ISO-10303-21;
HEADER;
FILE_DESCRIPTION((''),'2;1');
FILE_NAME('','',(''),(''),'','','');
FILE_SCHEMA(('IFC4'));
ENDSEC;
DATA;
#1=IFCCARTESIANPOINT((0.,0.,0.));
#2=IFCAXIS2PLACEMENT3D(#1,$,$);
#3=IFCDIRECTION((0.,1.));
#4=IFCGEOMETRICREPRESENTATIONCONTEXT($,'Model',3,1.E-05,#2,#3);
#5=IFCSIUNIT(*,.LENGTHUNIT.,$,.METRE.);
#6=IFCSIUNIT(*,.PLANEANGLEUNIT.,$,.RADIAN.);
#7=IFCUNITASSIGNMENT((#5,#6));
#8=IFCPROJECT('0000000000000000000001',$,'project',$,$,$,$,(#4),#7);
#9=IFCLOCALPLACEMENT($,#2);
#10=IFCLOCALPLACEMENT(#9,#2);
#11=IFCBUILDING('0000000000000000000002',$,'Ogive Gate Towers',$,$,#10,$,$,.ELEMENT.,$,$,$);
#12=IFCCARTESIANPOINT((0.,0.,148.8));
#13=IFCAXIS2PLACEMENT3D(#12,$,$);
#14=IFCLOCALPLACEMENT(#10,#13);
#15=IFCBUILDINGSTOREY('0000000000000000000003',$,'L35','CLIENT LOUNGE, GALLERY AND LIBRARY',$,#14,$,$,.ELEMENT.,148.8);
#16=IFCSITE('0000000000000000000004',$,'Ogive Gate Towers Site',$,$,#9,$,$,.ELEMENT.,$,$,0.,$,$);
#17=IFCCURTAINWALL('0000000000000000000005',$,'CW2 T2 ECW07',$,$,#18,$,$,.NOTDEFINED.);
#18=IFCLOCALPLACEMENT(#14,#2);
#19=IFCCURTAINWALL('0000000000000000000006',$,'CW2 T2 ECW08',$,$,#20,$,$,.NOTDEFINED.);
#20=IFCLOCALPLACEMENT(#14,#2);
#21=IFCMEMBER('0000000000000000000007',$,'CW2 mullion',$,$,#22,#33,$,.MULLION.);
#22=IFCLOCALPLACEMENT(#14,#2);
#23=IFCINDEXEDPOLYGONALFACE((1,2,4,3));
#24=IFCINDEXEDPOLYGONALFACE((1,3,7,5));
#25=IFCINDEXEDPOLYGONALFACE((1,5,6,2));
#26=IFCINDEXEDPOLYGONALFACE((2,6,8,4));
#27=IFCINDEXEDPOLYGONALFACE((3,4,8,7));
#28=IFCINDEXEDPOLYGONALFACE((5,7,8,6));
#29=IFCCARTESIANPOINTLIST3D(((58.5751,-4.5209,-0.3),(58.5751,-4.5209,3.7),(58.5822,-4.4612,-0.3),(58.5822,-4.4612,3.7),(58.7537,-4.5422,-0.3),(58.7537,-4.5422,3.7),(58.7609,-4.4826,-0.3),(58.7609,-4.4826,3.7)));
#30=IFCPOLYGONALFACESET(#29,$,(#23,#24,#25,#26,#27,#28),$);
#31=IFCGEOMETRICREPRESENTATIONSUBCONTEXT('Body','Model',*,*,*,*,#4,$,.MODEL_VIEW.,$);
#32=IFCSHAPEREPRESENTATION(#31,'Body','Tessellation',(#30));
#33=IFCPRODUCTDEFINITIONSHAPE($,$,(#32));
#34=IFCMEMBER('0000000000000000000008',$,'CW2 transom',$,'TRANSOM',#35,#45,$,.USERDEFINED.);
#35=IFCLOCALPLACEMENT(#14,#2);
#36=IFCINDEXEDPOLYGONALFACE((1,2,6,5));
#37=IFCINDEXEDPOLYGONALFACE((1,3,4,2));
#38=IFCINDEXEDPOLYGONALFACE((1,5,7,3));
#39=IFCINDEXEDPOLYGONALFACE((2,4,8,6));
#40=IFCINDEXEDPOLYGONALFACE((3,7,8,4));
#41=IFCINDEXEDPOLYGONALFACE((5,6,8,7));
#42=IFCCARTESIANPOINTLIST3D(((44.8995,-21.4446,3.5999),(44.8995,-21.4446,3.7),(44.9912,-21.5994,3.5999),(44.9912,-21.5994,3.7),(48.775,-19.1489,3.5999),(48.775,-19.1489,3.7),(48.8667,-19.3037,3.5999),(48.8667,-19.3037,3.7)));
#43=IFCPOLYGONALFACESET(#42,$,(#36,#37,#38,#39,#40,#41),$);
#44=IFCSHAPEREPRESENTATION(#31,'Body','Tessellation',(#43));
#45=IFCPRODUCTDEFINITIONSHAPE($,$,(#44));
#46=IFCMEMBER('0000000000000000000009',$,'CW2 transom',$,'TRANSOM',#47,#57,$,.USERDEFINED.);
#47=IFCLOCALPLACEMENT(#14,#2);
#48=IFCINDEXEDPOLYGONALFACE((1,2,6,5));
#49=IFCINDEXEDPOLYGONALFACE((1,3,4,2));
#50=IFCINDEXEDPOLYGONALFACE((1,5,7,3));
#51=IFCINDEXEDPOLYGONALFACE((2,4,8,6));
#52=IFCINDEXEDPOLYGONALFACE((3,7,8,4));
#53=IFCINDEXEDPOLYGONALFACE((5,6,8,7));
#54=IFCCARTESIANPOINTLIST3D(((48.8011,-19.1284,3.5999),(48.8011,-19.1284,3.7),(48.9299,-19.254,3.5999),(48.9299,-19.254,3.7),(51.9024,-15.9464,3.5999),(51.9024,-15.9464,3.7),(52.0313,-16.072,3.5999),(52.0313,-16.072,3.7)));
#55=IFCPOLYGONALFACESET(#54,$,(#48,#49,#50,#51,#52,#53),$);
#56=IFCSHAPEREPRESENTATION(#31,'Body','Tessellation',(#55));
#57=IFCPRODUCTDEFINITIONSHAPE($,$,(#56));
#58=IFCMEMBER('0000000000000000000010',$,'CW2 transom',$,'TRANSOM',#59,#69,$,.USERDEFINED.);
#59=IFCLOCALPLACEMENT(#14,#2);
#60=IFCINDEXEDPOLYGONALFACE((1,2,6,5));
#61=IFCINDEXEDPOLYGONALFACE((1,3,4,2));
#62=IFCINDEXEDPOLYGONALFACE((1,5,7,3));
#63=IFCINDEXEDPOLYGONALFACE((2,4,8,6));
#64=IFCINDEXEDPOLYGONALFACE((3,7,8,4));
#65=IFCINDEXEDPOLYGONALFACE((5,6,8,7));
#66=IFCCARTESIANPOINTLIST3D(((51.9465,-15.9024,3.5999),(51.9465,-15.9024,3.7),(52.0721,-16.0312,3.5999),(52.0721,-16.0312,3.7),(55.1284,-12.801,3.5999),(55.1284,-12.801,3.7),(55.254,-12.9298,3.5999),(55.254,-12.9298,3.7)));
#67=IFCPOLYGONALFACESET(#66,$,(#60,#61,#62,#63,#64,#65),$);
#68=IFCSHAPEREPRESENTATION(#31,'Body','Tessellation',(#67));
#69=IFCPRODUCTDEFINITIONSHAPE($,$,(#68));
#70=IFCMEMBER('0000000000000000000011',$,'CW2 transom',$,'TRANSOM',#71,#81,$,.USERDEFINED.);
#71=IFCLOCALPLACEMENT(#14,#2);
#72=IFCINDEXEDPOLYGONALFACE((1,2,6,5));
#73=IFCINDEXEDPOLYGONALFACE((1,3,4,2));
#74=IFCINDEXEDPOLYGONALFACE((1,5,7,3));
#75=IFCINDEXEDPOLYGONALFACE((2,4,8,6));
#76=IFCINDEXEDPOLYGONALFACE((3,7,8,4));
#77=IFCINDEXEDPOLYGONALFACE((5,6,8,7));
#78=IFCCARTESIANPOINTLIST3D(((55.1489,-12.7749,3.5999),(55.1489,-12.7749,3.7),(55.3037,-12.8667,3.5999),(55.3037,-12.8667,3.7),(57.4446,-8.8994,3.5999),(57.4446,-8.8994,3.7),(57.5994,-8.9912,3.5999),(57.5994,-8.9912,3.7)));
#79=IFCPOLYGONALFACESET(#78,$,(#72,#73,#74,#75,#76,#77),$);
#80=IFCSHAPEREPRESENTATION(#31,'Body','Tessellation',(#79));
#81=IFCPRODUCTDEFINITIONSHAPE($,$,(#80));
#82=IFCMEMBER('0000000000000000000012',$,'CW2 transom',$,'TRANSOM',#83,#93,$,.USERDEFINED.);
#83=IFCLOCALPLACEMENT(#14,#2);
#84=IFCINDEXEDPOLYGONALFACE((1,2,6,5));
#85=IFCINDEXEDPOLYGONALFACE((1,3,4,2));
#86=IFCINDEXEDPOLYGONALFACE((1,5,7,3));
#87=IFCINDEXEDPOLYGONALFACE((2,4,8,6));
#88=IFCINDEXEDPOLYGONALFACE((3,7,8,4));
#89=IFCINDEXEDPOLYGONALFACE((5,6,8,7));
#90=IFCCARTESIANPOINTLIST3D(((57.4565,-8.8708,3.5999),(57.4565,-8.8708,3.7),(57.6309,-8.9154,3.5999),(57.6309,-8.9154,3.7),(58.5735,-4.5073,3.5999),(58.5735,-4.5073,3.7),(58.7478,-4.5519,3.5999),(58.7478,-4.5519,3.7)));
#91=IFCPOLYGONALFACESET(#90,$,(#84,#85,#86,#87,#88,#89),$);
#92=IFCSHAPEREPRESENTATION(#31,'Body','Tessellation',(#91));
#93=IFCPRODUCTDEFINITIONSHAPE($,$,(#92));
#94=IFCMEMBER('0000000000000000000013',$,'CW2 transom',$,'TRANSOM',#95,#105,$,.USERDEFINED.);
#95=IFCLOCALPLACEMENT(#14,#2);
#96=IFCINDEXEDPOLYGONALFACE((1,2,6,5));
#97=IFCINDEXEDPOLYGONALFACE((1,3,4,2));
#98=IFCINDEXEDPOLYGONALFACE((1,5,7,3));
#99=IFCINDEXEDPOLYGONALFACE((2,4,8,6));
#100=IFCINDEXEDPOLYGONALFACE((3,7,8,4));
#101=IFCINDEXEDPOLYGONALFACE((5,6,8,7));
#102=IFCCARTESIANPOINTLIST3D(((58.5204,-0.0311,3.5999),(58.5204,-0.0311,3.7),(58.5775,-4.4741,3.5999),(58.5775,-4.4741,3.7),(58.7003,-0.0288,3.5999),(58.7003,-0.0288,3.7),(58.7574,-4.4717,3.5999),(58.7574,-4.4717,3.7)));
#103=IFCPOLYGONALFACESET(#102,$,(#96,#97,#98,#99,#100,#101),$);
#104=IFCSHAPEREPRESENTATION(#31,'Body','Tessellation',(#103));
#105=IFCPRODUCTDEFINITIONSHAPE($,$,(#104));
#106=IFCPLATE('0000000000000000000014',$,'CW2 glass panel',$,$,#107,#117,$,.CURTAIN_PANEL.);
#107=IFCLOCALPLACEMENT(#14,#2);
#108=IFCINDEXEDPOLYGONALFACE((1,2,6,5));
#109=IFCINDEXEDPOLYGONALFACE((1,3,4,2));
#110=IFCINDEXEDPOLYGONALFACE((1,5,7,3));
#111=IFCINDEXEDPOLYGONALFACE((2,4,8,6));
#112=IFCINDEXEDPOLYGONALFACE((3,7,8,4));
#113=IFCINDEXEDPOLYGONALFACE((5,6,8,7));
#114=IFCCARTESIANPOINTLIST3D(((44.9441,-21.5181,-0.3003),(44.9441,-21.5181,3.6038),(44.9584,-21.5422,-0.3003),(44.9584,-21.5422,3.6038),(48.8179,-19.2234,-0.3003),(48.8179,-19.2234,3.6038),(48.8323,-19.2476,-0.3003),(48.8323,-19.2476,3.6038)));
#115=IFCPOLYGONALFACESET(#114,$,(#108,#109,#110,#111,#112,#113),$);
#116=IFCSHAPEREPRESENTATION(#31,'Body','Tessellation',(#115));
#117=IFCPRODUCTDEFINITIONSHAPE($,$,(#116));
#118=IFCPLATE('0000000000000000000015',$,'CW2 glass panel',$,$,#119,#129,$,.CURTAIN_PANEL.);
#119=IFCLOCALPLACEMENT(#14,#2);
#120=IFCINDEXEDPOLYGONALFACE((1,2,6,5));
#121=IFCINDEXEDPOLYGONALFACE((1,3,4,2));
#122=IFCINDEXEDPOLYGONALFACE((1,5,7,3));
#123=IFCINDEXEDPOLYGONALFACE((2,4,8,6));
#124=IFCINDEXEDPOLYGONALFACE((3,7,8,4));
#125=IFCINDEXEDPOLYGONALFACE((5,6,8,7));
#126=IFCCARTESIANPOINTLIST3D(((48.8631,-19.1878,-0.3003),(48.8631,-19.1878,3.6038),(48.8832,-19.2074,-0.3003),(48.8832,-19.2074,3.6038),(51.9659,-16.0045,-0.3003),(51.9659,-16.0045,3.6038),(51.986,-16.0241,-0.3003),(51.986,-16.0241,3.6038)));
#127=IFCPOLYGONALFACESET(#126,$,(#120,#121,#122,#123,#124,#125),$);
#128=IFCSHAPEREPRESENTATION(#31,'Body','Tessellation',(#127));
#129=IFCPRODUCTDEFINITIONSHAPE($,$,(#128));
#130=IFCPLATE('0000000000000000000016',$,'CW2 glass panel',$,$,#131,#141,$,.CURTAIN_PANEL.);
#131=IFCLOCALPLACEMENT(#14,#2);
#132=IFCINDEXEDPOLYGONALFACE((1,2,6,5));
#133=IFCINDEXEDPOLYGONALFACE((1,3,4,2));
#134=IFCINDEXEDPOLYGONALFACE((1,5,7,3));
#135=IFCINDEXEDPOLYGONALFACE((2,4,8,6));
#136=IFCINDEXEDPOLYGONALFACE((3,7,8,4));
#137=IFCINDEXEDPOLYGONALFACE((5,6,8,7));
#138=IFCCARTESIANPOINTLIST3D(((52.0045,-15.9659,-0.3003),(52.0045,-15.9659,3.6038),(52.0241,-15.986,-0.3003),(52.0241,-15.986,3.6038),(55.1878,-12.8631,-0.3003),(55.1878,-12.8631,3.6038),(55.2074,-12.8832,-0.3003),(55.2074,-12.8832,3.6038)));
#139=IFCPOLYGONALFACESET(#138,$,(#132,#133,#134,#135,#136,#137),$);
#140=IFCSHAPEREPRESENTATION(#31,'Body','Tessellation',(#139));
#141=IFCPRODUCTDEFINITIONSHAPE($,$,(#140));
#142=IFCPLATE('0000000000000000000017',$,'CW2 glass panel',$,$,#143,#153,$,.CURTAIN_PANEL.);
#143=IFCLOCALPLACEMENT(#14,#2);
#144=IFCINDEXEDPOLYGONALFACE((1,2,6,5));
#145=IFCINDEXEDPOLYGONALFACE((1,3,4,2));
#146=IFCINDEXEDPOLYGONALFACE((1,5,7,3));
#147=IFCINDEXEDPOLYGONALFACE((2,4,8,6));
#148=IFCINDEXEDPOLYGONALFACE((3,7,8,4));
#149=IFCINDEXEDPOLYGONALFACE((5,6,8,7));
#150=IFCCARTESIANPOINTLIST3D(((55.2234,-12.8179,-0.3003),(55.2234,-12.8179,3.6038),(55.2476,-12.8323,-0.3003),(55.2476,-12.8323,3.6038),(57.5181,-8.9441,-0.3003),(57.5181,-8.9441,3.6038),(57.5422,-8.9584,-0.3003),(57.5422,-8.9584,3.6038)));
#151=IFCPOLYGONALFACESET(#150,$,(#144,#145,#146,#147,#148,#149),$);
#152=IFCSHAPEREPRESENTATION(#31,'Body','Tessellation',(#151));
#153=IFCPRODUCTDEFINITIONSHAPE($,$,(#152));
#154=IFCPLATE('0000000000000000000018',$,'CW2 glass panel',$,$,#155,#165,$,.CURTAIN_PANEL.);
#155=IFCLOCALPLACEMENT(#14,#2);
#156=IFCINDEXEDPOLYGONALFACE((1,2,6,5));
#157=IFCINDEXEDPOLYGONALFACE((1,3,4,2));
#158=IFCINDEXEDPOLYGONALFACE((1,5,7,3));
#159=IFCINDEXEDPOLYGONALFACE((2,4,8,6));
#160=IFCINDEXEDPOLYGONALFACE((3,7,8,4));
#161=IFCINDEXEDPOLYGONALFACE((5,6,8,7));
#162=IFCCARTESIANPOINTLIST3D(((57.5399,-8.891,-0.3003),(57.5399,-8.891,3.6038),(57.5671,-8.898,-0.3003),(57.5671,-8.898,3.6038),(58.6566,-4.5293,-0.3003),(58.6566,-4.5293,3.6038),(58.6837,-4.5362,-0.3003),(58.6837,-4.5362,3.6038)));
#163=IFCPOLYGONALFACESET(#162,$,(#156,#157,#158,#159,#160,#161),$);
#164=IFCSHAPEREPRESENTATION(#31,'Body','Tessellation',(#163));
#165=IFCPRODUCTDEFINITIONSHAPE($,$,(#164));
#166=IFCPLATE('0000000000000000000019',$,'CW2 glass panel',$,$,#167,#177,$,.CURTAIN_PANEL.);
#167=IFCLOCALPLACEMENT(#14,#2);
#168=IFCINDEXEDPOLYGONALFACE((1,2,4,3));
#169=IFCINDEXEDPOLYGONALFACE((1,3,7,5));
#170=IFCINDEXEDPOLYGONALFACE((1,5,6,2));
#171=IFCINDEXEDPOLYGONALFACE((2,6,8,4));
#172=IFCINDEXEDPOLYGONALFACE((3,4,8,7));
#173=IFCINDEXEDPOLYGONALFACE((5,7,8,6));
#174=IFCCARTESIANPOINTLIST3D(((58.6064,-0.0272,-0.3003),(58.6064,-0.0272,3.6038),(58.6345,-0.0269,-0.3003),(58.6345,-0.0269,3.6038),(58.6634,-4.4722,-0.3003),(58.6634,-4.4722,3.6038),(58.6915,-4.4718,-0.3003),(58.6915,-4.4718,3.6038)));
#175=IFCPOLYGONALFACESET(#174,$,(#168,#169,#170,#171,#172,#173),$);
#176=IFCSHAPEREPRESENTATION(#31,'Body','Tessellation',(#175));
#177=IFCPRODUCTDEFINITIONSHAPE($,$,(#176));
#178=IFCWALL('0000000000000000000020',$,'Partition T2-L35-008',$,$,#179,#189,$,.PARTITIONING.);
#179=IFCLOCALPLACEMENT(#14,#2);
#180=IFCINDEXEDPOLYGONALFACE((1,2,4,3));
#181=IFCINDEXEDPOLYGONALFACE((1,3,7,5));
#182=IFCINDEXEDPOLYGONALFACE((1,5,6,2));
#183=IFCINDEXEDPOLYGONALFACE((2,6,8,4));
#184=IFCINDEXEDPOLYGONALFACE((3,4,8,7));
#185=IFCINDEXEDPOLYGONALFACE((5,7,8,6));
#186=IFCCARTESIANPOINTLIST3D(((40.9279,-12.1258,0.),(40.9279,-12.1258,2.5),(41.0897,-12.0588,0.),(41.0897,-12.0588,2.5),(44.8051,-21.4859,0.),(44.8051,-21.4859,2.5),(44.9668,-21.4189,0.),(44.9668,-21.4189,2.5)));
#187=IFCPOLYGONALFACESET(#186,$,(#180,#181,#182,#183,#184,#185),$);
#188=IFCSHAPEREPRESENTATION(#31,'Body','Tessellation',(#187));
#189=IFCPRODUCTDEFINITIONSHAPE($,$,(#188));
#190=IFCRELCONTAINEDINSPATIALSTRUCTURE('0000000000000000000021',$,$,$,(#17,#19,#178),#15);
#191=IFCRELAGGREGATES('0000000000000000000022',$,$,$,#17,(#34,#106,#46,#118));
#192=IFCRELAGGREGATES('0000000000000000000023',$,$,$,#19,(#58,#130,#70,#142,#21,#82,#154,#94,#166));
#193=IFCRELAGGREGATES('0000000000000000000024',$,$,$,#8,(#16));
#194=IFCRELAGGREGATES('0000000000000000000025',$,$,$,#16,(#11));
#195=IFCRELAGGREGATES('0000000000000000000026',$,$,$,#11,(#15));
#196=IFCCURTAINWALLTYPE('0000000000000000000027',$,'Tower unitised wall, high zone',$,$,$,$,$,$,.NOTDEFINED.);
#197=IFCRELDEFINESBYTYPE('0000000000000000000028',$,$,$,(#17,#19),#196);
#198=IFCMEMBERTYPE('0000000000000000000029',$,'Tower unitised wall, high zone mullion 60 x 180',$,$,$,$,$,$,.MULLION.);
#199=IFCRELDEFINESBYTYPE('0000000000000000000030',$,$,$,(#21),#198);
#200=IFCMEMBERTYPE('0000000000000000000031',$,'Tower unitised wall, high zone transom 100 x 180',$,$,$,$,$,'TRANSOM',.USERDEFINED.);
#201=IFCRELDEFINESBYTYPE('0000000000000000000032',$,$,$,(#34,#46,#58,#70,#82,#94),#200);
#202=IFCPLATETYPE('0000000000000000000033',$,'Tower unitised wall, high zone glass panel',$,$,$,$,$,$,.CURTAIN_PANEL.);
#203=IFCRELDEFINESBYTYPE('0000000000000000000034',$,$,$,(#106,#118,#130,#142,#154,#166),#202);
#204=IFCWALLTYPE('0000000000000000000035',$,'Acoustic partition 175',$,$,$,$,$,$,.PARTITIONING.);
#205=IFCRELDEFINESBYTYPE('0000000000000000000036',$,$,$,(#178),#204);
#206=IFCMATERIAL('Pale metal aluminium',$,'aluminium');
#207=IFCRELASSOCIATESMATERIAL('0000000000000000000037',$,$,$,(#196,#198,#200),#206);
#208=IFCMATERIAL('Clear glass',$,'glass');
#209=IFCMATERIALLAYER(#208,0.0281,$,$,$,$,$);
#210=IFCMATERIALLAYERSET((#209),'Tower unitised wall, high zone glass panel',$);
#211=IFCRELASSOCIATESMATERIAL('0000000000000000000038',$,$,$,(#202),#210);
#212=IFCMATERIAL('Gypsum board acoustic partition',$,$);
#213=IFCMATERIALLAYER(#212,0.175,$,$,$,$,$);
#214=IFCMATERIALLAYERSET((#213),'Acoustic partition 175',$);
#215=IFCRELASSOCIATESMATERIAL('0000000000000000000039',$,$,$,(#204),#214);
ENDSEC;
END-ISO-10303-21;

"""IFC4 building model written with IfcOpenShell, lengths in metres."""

from ifc_helpers import new_model, si_unit, direction, frame, frame_2d, origin, origin_2d, place, context, subcontext, project, spatial, rectangle, extrude, material, layer, layer_set, material_profile, profile_set, type_object, element, aggregate, save


model = new_model("IFC4")

# Units and contexts
model_context = context("Model", 3, precision=1e-05, world=origin(), true_north=direction((0.0, 1.0)))
body_context = subcontext(model_context, "Body", "Model", "MODEL_VIEW")
ifc_project = project(units=[si_unit("LENGTHUNIT", "METRE"), si_unit("PLANEANGLEUNIT", "RADIAN")], contexts=[model_context])

# Site, building, storey
site_placement = place(None, origin())
site = spatial("IfcSite", under=ifc_project, at=site_placement, Name="Ogive Gate Towers Site", CompositionType="ELEMENT", RefElevation=0.0)
building_placement = place(site_placement, origin())
building = spatial("IfcBuilding", under=site, at=building_placement, Name="Ogive Gate Towers", CompositionType="ELEMENT")
storey_placement = place(building_placement, frame((0.0, 0.0, 148.8)))
storey = spatial("IfcBuildingStorey", under=building, at=storey_placement, Name="L35", Description="CLIENT LOUNGE, GALLERY AND LIBRARY", CompositionType="ELEMENT", Elevation=148.8)

# Curtain walls, member
ifc_material_1 = material(Name="Pale metal aluminium", Category="aluminium")
curtain_wall_type = type_object("IfcCurtainWallType", Name="Tower unitised wall, high zone", PredefinedType="NOTDEFINED", material=ifc_material_1)
curtain_wall_1_placement = place(storey_placement, origin())
curtain_wall_1 = element("IfcCurtainWall", 1, at=curtain_wall_1_placement, inside=storey, type_object=curtain_wall_type, Name="CW2 T2 ECW07", PredefinedType="NOTDEFINED")
ifc_material_profile_1 = material_profile(ifc_material_1, rectangle(XDim=0.1799, YDim=0.0601, at=origin_2d()), Name="60 x 180 aluminium box")
ifc_profile_set_1 = profile_set([ifc_material_profile_1], Name="Pale metal aluminium")
member_type_1 = type_object("IfcMemberType", Name="Tower unitised wall, high zone mullion 60 x 180", PredefinedType="MULLION", material=ifc_profile_set_1)
curtain_wall_2_placement = place(storey_placement, origin())
curtain_wall_2 = element("IfcCurtainWall", 2, at=curtain_wall_2_placement, inside=storey, type_object=curtain_wall_type, Name="CW2 T2 ECW08", PredefinedType="NOTDEFINED")
member_1_placement = place(storey_placement, frame((58.668, -4.5017, -0.3), z_axis=(0.0, 0.0, 1.0), x_axis=(0.992941, -0.118612, 0.0)))
member_1 = element("IfcMember", 3, at=member_1_placement, type_object=member_type_1, Name="CW2 mullion", PredefinedType="MULLION", context=body_context, shape_type="SweptSolid", body=[
    extrude(rectangle(XDim=0.1799, YDim=0.0601, at=origin_2d()), origin(), (0.0, 0.0, 1.0), 4.0),
])

# Members
ifc_material_profile_2 = material_profile(ifc_material_1, rectangle(XDim=0.1799, YDim=0.1001, at=origin_2d()), Name="100 x 180 aluminium box")
ifc_profile_set_2 = profile_set([ifc_material_profile_2], Name="Pale metal aluminium")
member_type_2 = type_object("IfcMemberType", Name="Tower unitised wall, high zone transom 100 x 180", ElementType="TRANSOM", PredefinedType="USERDEFINED", material=ifc_profile_set_2)
member_2_placement = place(storey_placement, frame((44.9453, -21.522, 3.6499), z_axis=(0.860382, 0.509649, 0.0), x_axis=(-0.509649, 0.860382, 0.0)))
member_2 = element("IfcMember", 4, at=member_2_placement, type_object=member_type_2, Name="CW2 transom", ObjectType="TRANSOM", PredefinedType="USERDEFINED", context=body_context, shape_type="SweptSolid", body=[
    extrude(rectangle(XDim=0.1799, YDim=0.1001, at=origin_2d()), origin(), (0.0, 0.0, 1.0), 4.5044),
])
member_3_placement = place(storey_placement, frame((48.8655, -19.1912, 3.6499), z_axis=(0.697983, 0.716115, 0.0), x_axis=(-0.716115, 0.697983, 0.0)))
member_3 = element("IfcMember", 5, at=member_3_placement, type_object=member_type_2, Name="CW2 transom", ObjectType="TRANSOM", PredefinedType="USERDEFINED", context=body_context, shape_type="SweptSolid", body=[
    extrude(rectangle(XDim=0.1799, YDim=0.1001, at=origin_2d()), origin(), (0.0, 0.0, 1.0), 4.4434),
])
member_4_placement = place(storey_placement, frame((52.0093, -15.9668, 3.6499), z_axis=(0.716115, 0.697983, 0.0), x_axis=(-0.697983, 0.716115, 0.0)))
member_4 = element("IfcMember", 6, at=member_4_placement, type_object=member_type_2, Name="CW2 transom", ObjectType="TRANSOM", PredefinedType="USERDEFINED", context=body_context, shape_type="SweptSolid", body=[
    extrude(rectangle(XDim=0.1799, YDim=0.1001, at=origin_2d()), origin(), (0.0, 0.0, 1.0), 4.4434),
])
member_5_placement = place(storey_placement, frame((55.2263, -12.8208, 3.6499), z_axis=(0.509649, 0.860382, 0.0), x_axis=(-0.860382, 0.509649, 0.0)))
member_5 = element("IfcMember", 7, at=member_5_placement, type_object=member_type_2, Name="CW2 transom", ObjectType="TRANSOM", PredefinedType="USERDEFINED", context=body_context, shape_type="SweptSolid", body=[
    extrude(rectangle(XDim=0.1799, YDim=0.1001, at=origin_2d()), origin(), (0.0, 0.0, 1.0), 4.5044),
])
member_6_placement = place(storey_placement, frame((57.5437, -8.8931, 3.6499), z_axis=(0.247978, 0.968766, 0.0), x_axis=(-0.968766, 0.247978, 0.0)))
member_6 = element("IfcMember", 8, at=member_6_placement, type_object=member_type_2, Name="CW2 transom", ObjectType="TRANSOM", PredefinedType="USERDEFINED", context=body_context, shape_type="SweptSolid", body=[
    extrude(rectangle(XDim=0.1799, YDim=0.1001, at=origin_2d()), origin(), (0.0, 0.0, 1.0), 4.5042),
])
member_7_placement = place(storey_placement, frame((58.6675, -4.4729, 3.6499), z_axis=(-0.012857, 0.999917, 0.0), x_axis=(-0.999917, -0.012857, 0.0)))
member_7 = element("IfcMember", 9, at=member_7_placement, type_object=member_type_2, Name="CW2 transom", ObjectType="TRANSOM", PredefinedType="USERDEFINED", context=body_context, shape_type="SweptSolid", body=[
    extrude(rectangle(XDim=0.1799, YDim=0.1001, at=origin_2d()), origin(), (0.0, 0.0, 1.0), 4.4434),
])

# Plates
ifc_material_2 = material(Name="Clear glass", Category="glass")
ifc_layer_1 = layer(ifc_material_2, 0.0281)
ifc_layer_set_1 = layer_set([ifc_layer_1], Name="Tower unitised wall, high zone glass panel")
plate_type = type_object("IfcPlateType", Name="Tower unitised wall, high zone glass panel", PredefinedType="CURTAIN_PANEL", material=ifc_layer_set_1)
plate_1_placement = place(storey_placement, frame((46.8882, -20.3828, -0.3003), z_axis=(0.0, 0.0, 1.0), x_axis=(0.860386, 0.509642, 0.0)))
plate_1 = element("IfcPlate", 10, at=plate_1_placement, type_object=plate_type, Name="CW2 glass panel", PredefinedType="CURTAIN_PANEL", context=body_context, shape_type="SweptSolid", body=[
    extrude(rectangle(XDim=4.5024, YDim=0.0281, at=origin_2d()), origin(), (0.0, 0.0, 1.0), 3.9041),
])
plate_2_placement = place(storey_placement, frame((50.4246, -17.606, -0.3003), z_axis=(0.0, 0.0, 1.0), x_axis=(0.697978, 0.716119, 0.0)))
plate_2 = element("IfcPlate", 11, at=plate_2_placement, type_object=plate_type, Name="CW2 glass panel", PredefinedType="CURTAIN_PANEL", context=body_context, shape_type="SweptSolid", body=[
    extrude(rectangle(XDim=4.4453, YDim=0.0281, at=origin_2d()), origin(), (0.0, 0.0, 1.0), 3.9041),
])
aggregate(curtain_wall_1, [member_2, plate_1, member_3, plate_2])
plate_3_placement = place(storey_placement, frame((53.606, -14.4246, -0.3003), z_axis=(0.0, 0.0, 1.0), x_axis=(0.716119, 0.697978, 0.0)))
plate_3 = element("IfcPlate", 12, at=plate_3_placement, type_object=plate_type, Name="CW2 glass panel", PredefinedType="CURTAIN_PANEL", context=body_context, shape_type="SweptSolid", body=[
    extrude(rectangle(XDim=4.4453, YDim=0.0281, at=origin_2d()), origin(), (0.0, 0.0, 1.0), 3.9041),
])
plate_4_placement = place(storey_placement, frame((56.3828, -10.8882, -0.3003), z_axis=(0.0, 0.0, 1.0), x_axis=(0.509642, 0.860386, 0.0)))
plate_4 = element("IfcPlate", 13, at=plate_4_placement, type_object=plate_type, Name="CW2 glass panel", PredefinedType="CURTAIN_PANEL", context=body_context, shape_type="SweptSolid", body=[
    extrude(rectangle(XDim=4.5024, YDim=0.0281, at=origin_2d()), origin(), (0.0, 0.0, 1.0), 3.9041),
])
plate_5_placement = place(storey_placement, frame((58.1118, -6.7136, -0.3003), z_axis=(0.0, 0.0, 1.0), x_axis=(0.248014, 0.968757, 0.0)))
plate_5 = element("IfcPlate", 14, at=plate_5_placement, type_object=plate_type, Name="CW2 glass panel", PredefinedType="CURTAIN_PANEL", context=body_context, shape_type="SweptSolid", body=[
    extrude(rectangle(XDim=4.5024, YDim=0.0281, at=origin_2d()), origin(), (0.0, 0.0, 1.0), 3.9041),
])
plate_6_placement = place(storey_placement, frame((58.6489, -2.2495, -0.3003), z_axis=(0.0, 0.0, 1.0), x_axis=(-0.012828, 0.999918, 0.0)))
plate_6 = element("IfcPlate", 15, at=plate_6_placement, type_object=plate_type, Name="CW2 glass panel", PredefinedType="CURTAIN_PANEL", context=body_context, shape_type="SweptSolid", body=[
    extrude(rectangle(XDim=4.4453, YDim=0.0281, at=origin_2d()), origin(), (0.0, 0.0, 1.0), 3.9041),
])
aggregate(curtain_wall_2, [member_4, plate_3, member_5, plate_4, member_1, member_6, plate_5, member_7, plate_6])

# Wall
ifc_material_3 = material(Name="Gypsum board acoustic partition")
ifc_layer_2 = layer(ifc_material_3, 0.175)
ifc_layer_set_2 = layer_set([ifc_layer_2], Name="Acoustic partition 175")
wall_type = type_object("IfcWallType", Name="Acoustic partition 175", PredefinedType="PARTITIONING", material=ifc_layer_set_2)
for number, where, z_axis, x_axis, name in (
    (16, (44.886, -21.4524, 0.0), (0.0, 0.0, 1.0), (-0.382693, 0.923876, 0.0), "Partition T2-L35-008"),
):
    element("IfcWall", number, at=place(storey_placement, frame(where, z_axis=z_axis, x_axis=x_axis)), inside=storey, type_object=wall_type, Name=name, PredefinedType="PARTITIONING", context=body_context, shape_type="SweptSolid", body=[
        extrude(rectangle(XDim=10.1313, YDim=0.175, at=frame_2d((5.0657, 0.0))), origin(), (0.0, 0.0, 1.0), 2.5),
    ])

save(model, "model.ifc")
